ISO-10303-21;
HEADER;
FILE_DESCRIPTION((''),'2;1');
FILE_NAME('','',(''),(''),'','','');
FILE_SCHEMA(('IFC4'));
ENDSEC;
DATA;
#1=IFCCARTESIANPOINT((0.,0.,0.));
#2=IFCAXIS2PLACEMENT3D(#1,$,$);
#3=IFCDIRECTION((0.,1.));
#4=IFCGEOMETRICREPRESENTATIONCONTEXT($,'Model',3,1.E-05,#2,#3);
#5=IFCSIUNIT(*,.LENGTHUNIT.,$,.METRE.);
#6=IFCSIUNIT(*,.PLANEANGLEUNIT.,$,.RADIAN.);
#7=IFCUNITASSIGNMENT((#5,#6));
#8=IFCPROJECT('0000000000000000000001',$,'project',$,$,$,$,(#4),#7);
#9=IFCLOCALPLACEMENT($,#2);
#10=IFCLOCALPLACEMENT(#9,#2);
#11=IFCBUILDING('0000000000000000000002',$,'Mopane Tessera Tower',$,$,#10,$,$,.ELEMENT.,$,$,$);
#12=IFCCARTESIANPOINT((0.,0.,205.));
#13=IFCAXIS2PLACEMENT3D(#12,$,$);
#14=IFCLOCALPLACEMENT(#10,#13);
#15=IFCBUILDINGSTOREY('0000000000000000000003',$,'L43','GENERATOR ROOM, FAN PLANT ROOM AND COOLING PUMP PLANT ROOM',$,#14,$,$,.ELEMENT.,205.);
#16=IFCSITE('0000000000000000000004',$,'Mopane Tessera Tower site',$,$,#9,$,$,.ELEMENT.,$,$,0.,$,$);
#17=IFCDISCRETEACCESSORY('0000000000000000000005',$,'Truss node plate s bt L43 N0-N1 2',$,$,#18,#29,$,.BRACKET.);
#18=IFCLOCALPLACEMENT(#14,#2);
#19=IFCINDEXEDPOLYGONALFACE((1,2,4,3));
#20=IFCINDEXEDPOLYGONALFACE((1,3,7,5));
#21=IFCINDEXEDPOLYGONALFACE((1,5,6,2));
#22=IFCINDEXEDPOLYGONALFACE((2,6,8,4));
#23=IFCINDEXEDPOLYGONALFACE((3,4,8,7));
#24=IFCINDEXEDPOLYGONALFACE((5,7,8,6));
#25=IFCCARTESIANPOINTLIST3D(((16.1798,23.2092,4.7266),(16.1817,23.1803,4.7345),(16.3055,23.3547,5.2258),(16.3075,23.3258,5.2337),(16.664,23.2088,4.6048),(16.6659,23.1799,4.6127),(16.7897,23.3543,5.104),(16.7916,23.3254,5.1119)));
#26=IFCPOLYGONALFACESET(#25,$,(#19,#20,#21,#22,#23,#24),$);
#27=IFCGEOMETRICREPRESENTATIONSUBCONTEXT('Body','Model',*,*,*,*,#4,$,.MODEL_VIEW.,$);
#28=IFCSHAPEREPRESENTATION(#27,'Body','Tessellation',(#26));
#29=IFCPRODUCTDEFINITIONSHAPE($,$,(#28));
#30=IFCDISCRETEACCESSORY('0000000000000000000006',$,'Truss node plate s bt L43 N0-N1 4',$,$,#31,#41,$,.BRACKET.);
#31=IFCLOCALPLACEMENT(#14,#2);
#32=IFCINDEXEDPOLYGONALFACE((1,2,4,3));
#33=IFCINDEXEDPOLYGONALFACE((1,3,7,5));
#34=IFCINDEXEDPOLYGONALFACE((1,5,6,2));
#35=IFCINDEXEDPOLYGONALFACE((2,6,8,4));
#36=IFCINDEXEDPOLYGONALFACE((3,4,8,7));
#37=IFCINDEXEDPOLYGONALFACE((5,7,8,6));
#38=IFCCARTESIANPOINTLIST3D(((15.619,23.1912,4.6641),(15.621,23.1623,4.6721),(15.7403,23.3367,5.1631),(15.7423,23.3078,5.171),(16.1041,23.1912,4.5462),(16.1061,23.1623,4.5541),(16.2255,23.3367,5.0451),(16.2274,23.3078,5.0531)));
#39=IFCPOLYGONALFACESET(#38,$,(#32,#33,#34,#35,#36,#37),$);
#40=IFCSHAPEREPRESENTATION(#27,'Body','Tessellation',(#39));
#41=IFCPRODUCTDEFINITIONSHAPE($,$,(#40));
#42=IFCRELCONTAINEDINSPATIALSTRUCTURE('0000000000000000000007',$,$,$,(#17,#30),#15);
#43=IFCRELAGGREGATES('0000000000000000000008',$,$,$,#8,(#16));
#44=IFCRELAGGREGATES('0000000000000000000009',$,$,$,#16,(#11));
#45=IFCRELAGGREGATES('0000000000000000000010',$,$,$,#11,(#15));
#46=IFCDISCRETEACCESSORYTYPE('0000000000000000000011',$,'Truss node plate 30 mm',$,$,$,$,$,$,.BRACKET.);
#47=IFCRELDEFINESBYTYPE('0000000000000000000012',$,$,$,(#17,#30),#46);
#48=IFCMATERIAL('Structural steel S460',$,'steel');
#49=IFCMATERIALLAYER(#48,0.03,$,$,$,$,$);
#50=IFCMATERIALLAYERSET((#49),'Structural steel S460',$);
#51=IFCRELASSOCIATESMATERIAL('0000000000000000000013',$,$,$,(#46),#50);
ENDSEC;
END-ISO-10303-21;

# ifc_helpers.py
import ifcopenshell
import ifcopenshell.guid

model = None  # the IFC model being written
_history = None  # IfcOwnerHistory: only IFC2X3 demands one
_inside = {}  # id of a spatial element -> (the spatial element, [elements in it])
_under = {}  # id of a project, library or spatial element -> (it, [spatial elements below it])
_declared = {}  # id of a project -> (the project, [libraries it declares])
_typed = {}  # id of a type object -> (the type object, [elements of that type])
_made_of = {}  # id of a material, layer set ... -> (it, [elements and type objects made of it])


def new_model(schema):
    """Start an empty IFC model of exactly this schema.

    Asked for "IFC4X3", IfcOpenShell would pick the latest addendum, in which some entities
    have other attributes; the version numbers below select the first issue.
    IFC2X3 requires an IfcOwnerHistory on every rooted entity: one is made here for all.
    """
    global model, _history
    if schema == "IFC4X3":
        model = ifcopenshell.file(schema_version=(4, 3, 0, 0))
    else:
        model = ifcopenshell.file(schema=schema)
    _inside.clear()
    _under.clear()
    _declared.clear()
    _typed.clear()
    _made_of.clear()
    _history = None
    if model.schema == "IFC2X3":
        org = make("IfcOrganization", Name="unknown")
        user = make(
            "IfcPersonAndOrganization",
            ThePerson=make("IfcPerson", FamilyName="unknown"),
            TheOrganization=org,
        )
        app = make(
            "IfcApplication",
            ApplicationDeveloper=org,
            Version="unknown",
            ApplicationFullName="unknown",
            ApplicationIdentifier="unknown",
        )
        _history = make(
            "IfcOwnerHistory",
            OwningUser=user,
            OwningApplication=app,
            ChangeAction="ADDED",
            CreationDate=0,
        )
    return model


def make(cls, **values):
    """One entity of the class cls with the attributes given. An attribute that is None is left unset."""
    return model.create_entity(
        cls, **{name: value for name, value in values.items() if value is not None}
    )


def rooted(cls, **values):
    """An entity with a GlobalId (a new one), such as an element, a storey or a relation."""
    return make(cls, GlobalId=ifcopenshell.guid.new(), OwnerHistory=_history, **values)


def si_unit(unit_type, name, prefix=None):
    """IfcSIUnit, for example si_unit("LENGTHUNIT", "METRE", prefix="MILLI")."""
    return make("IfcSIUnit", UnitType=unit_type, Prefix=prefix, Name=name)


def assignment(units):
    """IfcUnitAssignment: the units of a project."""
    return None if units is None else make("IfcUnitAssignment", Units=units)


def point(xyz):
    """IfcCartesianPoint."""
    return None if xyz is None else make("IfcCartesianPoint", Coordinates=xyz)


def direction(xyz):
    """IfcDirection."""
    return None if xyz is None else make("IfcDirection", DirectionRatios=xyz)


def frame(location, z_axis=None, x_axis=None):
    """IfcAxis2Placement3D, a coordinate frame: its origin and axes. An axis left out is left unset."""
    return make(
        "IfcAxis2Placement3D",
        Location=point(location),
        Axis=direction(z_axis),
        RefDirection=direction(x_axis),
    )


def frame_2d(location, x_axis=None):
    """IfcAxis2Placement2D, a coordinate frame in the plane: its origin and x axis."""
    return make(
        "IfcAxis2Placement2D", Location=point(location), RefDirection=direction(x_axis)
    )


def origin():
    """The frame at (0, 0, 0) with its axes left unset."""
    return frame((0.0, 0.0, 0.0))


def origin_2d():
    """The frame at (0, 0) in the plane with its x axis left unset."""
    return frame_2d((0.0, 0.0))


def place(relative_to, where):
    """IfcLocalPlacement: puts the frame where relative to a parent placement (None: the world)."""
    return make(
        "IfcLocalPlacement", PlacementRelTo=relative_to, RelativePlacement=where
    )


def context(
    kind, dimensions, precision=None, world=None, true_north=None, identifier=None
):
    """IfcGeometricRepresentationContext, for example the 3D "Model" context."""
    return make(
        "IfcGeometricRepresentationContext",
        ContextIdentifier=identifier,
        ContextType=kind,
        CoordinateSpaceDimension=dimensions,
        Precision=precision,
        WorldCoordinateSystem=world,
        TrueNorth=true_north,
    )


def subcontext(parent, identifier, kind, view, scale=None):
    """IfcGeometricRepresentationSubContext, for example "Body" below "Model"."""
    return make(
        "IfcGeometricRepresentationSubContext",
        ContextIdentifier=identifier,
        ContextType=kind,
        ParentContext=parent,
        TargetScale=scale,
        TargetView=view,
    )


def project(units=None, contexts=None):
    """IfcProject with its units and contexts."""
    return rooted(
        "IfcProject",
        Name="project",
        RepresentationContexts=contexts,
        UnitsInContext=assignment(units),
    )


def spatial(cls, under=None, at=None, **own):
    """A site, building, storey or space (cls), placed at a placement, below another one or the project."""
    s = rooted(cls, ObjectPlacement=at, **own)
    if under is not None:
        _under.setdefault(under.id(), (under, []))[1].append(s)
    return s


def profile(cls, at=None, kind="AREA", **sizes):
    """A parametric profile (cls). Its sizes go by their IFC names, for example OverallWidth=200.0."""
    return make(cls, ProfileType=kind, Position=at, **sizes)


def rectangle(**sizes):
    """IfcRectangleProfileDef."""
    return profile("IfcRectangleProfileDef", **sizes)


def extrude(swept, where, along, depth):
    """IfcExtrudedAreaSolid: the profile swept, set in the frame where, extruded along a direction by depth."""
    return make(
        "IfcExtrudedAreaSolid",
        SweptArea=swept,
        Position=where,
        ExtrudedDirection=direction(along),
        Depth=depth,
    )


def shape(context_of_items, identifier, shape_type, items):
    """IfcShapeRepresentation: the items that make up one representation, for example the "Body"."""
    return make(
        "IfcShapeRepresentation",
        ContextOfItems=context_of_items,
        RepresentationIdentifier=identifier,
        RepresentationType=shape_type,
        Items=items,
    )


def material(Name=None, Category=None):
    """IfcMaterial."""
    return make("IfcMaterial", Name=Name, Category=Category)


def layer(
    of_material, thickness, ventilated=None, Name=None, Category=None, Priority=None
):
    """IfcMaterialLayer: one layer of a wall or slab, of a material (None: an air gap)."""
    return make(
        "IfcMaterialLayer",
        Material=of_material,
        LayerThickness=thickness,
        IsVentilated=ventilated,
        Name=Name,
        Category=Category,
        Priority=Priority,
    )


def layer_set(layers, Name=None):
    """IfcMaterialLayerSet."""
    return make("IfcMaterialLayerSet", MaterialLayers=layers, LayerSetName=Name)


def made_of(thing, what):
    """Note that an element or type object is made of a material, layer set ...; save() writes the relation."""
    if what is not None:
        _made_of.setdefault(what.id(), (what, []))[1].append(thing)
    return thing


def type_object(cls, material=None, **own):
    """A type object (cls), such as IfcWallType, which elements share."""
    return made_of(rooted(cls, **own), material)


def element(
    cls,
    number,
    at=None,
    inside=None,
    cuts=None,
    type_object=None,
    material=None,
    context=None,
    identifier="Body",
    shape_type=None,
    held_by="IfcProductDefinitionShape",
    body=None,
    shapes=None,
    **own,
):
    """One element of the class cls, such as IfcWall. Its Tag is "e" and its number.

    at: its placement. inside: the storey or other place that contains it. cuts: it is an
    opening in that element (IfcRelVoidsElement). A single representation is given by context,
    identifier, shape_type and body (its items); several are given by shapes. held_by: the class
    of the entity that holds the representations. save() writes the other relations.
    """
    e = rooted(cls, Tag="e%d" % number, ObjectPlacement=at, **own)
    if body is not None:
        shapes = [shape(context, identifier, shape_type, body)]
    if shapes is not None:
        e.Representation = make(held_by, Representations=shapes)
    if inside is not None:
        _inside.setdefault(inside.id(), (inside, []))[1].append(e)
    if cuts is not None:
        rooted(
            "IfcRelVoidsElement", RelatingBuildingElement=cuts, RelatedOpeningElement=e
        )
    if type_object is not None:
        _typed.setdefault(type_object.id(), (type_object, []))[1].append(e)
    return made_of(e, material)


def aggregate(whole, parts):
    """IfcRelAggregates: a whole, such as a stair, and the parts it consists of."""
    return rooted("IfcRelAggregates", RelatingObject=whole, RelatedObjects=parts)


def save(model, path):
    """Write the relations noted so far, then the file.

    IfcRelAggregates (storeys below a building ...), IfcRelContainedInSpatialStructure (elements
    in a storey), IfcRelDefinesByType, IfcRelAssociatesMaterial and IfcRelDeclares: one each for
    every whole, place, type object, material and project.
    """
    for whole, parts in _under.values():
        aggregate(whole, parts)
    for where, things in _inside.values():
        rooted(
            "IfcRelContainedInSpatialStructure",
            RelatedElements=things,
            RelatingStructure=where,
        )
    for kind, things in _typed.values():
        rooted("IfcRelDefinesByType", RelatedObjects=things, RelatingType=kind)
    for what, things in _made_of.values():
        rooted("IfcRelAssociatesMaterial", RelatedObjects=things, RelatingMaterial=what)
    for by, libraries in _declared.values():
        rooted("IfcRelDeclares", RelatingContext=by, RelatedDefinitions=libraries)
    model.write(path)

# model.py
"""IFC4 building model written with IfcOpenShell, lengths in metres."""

from ifc_helpers import new_model, si_unit, direction, frame, origin, origin_2d, place, context, subcontext, project, spatial, rectangle, extrude, material, layer, layer_set, type_object, element, save


model = new_model("IFC4")

# Units and contexts
model_context = context("Model", 3, precision=1e-05, world=origin(), true_north=direction((0.0, 1.0)))
body_context = subcontext(model_context, "Body", "Model", "MODEL_VIEW")
ifc_project = project(units=[si_unit("LENGTHUNIT", "METRE"), si_unit("PLANEANGLEUNIT", "RADIAN")], contexts=[model_context])

# Site, building, storey
site_placement = place(None, origin())
site = spatial("IfcSite", under=ifc_project, at=site_placement, Name="Mopane Tessera Tower site", CompositionType="ELEMENT", RefElevation=0.0)
building_placement = place(site_placement, origin())
building = spatial("IfcBuilding", under=site, at=building_placement, Name="Mopane Tessera Tower", CompositionType="ELEMENT")
storey_placement = place(building_placement, frame((0.0, 0.0, 205.0)))
storey = spatial("IfcBuildingStorey", under=building, at=storey_placement, Name="L43", Description="GENERATOR ROOM, FAN PLANT ROOM AND COOLING PUMP PLANT ROOM", CompositionType="ELEMENT", Elevation=205.0)

# Discrete accessories
ifc_material_1 = material(Name="Structural steel S460", Category="steel")
ifc_layer_1 = layer(ifc_material_1, 0.03)
ifc_layer_set_1 = layer_set([ifc_layer_1], Name="Structural steel S460")
discrete_accessory_type_1 = type_object("IfcDiscreteAccessoryType", Name="Truss node plate 30 mm", PredefinedType="BRACKET", material=ifc_layer_set_1)
discrete_accessory_1_placement = place(storey_placement, frame((16.4229, 23.1946, 4.6697), z_axis=(0.235004, 0.271966, 0.933171), x_axis=(0.06563, -0.962307, 0.263929)))
element("IfcDiscreteAccessory", 1, at=discrete_accessory_1_placement, inside=storey, type_object=discrete_accessory_type_1, Name="Truss node plate s bt L43 N0-N1 2", PredefinedType="BRACKET", context=body_context, shape_type="SweptSolid", body=[
    extrude(rectangle(XDim=0.03, YDim=0.4993, at=origin_2d()), origin(), (0.0, 0.0, 1.0), 0.5349),
])
discrete_accessory_2_placement = place(storey_placement, frame((15.8625, 23.1768, 4.6091), z_axis=(0.227319, 0.272599, 0.934888), x_axis=(0.064502, -0.962128, 0.264858)))
element("IfcDiscreteAccessory", 2, at=discrete_accessory_2_placement, inside=storey, type_object=discrete_accessory_type_1, Name="Truss node plate s bt L43 N0-N1 4", PredefinedType="BRACKET", context=body_context, shape_type="SweptSolid", body=[
    extrude(rectangle(XDim=0.03, YDim=0.4993, at=origin_2d()), origin(), (0.0, 0.0, 1.0), 0.5337),
])

save(model, "model.ifc")
